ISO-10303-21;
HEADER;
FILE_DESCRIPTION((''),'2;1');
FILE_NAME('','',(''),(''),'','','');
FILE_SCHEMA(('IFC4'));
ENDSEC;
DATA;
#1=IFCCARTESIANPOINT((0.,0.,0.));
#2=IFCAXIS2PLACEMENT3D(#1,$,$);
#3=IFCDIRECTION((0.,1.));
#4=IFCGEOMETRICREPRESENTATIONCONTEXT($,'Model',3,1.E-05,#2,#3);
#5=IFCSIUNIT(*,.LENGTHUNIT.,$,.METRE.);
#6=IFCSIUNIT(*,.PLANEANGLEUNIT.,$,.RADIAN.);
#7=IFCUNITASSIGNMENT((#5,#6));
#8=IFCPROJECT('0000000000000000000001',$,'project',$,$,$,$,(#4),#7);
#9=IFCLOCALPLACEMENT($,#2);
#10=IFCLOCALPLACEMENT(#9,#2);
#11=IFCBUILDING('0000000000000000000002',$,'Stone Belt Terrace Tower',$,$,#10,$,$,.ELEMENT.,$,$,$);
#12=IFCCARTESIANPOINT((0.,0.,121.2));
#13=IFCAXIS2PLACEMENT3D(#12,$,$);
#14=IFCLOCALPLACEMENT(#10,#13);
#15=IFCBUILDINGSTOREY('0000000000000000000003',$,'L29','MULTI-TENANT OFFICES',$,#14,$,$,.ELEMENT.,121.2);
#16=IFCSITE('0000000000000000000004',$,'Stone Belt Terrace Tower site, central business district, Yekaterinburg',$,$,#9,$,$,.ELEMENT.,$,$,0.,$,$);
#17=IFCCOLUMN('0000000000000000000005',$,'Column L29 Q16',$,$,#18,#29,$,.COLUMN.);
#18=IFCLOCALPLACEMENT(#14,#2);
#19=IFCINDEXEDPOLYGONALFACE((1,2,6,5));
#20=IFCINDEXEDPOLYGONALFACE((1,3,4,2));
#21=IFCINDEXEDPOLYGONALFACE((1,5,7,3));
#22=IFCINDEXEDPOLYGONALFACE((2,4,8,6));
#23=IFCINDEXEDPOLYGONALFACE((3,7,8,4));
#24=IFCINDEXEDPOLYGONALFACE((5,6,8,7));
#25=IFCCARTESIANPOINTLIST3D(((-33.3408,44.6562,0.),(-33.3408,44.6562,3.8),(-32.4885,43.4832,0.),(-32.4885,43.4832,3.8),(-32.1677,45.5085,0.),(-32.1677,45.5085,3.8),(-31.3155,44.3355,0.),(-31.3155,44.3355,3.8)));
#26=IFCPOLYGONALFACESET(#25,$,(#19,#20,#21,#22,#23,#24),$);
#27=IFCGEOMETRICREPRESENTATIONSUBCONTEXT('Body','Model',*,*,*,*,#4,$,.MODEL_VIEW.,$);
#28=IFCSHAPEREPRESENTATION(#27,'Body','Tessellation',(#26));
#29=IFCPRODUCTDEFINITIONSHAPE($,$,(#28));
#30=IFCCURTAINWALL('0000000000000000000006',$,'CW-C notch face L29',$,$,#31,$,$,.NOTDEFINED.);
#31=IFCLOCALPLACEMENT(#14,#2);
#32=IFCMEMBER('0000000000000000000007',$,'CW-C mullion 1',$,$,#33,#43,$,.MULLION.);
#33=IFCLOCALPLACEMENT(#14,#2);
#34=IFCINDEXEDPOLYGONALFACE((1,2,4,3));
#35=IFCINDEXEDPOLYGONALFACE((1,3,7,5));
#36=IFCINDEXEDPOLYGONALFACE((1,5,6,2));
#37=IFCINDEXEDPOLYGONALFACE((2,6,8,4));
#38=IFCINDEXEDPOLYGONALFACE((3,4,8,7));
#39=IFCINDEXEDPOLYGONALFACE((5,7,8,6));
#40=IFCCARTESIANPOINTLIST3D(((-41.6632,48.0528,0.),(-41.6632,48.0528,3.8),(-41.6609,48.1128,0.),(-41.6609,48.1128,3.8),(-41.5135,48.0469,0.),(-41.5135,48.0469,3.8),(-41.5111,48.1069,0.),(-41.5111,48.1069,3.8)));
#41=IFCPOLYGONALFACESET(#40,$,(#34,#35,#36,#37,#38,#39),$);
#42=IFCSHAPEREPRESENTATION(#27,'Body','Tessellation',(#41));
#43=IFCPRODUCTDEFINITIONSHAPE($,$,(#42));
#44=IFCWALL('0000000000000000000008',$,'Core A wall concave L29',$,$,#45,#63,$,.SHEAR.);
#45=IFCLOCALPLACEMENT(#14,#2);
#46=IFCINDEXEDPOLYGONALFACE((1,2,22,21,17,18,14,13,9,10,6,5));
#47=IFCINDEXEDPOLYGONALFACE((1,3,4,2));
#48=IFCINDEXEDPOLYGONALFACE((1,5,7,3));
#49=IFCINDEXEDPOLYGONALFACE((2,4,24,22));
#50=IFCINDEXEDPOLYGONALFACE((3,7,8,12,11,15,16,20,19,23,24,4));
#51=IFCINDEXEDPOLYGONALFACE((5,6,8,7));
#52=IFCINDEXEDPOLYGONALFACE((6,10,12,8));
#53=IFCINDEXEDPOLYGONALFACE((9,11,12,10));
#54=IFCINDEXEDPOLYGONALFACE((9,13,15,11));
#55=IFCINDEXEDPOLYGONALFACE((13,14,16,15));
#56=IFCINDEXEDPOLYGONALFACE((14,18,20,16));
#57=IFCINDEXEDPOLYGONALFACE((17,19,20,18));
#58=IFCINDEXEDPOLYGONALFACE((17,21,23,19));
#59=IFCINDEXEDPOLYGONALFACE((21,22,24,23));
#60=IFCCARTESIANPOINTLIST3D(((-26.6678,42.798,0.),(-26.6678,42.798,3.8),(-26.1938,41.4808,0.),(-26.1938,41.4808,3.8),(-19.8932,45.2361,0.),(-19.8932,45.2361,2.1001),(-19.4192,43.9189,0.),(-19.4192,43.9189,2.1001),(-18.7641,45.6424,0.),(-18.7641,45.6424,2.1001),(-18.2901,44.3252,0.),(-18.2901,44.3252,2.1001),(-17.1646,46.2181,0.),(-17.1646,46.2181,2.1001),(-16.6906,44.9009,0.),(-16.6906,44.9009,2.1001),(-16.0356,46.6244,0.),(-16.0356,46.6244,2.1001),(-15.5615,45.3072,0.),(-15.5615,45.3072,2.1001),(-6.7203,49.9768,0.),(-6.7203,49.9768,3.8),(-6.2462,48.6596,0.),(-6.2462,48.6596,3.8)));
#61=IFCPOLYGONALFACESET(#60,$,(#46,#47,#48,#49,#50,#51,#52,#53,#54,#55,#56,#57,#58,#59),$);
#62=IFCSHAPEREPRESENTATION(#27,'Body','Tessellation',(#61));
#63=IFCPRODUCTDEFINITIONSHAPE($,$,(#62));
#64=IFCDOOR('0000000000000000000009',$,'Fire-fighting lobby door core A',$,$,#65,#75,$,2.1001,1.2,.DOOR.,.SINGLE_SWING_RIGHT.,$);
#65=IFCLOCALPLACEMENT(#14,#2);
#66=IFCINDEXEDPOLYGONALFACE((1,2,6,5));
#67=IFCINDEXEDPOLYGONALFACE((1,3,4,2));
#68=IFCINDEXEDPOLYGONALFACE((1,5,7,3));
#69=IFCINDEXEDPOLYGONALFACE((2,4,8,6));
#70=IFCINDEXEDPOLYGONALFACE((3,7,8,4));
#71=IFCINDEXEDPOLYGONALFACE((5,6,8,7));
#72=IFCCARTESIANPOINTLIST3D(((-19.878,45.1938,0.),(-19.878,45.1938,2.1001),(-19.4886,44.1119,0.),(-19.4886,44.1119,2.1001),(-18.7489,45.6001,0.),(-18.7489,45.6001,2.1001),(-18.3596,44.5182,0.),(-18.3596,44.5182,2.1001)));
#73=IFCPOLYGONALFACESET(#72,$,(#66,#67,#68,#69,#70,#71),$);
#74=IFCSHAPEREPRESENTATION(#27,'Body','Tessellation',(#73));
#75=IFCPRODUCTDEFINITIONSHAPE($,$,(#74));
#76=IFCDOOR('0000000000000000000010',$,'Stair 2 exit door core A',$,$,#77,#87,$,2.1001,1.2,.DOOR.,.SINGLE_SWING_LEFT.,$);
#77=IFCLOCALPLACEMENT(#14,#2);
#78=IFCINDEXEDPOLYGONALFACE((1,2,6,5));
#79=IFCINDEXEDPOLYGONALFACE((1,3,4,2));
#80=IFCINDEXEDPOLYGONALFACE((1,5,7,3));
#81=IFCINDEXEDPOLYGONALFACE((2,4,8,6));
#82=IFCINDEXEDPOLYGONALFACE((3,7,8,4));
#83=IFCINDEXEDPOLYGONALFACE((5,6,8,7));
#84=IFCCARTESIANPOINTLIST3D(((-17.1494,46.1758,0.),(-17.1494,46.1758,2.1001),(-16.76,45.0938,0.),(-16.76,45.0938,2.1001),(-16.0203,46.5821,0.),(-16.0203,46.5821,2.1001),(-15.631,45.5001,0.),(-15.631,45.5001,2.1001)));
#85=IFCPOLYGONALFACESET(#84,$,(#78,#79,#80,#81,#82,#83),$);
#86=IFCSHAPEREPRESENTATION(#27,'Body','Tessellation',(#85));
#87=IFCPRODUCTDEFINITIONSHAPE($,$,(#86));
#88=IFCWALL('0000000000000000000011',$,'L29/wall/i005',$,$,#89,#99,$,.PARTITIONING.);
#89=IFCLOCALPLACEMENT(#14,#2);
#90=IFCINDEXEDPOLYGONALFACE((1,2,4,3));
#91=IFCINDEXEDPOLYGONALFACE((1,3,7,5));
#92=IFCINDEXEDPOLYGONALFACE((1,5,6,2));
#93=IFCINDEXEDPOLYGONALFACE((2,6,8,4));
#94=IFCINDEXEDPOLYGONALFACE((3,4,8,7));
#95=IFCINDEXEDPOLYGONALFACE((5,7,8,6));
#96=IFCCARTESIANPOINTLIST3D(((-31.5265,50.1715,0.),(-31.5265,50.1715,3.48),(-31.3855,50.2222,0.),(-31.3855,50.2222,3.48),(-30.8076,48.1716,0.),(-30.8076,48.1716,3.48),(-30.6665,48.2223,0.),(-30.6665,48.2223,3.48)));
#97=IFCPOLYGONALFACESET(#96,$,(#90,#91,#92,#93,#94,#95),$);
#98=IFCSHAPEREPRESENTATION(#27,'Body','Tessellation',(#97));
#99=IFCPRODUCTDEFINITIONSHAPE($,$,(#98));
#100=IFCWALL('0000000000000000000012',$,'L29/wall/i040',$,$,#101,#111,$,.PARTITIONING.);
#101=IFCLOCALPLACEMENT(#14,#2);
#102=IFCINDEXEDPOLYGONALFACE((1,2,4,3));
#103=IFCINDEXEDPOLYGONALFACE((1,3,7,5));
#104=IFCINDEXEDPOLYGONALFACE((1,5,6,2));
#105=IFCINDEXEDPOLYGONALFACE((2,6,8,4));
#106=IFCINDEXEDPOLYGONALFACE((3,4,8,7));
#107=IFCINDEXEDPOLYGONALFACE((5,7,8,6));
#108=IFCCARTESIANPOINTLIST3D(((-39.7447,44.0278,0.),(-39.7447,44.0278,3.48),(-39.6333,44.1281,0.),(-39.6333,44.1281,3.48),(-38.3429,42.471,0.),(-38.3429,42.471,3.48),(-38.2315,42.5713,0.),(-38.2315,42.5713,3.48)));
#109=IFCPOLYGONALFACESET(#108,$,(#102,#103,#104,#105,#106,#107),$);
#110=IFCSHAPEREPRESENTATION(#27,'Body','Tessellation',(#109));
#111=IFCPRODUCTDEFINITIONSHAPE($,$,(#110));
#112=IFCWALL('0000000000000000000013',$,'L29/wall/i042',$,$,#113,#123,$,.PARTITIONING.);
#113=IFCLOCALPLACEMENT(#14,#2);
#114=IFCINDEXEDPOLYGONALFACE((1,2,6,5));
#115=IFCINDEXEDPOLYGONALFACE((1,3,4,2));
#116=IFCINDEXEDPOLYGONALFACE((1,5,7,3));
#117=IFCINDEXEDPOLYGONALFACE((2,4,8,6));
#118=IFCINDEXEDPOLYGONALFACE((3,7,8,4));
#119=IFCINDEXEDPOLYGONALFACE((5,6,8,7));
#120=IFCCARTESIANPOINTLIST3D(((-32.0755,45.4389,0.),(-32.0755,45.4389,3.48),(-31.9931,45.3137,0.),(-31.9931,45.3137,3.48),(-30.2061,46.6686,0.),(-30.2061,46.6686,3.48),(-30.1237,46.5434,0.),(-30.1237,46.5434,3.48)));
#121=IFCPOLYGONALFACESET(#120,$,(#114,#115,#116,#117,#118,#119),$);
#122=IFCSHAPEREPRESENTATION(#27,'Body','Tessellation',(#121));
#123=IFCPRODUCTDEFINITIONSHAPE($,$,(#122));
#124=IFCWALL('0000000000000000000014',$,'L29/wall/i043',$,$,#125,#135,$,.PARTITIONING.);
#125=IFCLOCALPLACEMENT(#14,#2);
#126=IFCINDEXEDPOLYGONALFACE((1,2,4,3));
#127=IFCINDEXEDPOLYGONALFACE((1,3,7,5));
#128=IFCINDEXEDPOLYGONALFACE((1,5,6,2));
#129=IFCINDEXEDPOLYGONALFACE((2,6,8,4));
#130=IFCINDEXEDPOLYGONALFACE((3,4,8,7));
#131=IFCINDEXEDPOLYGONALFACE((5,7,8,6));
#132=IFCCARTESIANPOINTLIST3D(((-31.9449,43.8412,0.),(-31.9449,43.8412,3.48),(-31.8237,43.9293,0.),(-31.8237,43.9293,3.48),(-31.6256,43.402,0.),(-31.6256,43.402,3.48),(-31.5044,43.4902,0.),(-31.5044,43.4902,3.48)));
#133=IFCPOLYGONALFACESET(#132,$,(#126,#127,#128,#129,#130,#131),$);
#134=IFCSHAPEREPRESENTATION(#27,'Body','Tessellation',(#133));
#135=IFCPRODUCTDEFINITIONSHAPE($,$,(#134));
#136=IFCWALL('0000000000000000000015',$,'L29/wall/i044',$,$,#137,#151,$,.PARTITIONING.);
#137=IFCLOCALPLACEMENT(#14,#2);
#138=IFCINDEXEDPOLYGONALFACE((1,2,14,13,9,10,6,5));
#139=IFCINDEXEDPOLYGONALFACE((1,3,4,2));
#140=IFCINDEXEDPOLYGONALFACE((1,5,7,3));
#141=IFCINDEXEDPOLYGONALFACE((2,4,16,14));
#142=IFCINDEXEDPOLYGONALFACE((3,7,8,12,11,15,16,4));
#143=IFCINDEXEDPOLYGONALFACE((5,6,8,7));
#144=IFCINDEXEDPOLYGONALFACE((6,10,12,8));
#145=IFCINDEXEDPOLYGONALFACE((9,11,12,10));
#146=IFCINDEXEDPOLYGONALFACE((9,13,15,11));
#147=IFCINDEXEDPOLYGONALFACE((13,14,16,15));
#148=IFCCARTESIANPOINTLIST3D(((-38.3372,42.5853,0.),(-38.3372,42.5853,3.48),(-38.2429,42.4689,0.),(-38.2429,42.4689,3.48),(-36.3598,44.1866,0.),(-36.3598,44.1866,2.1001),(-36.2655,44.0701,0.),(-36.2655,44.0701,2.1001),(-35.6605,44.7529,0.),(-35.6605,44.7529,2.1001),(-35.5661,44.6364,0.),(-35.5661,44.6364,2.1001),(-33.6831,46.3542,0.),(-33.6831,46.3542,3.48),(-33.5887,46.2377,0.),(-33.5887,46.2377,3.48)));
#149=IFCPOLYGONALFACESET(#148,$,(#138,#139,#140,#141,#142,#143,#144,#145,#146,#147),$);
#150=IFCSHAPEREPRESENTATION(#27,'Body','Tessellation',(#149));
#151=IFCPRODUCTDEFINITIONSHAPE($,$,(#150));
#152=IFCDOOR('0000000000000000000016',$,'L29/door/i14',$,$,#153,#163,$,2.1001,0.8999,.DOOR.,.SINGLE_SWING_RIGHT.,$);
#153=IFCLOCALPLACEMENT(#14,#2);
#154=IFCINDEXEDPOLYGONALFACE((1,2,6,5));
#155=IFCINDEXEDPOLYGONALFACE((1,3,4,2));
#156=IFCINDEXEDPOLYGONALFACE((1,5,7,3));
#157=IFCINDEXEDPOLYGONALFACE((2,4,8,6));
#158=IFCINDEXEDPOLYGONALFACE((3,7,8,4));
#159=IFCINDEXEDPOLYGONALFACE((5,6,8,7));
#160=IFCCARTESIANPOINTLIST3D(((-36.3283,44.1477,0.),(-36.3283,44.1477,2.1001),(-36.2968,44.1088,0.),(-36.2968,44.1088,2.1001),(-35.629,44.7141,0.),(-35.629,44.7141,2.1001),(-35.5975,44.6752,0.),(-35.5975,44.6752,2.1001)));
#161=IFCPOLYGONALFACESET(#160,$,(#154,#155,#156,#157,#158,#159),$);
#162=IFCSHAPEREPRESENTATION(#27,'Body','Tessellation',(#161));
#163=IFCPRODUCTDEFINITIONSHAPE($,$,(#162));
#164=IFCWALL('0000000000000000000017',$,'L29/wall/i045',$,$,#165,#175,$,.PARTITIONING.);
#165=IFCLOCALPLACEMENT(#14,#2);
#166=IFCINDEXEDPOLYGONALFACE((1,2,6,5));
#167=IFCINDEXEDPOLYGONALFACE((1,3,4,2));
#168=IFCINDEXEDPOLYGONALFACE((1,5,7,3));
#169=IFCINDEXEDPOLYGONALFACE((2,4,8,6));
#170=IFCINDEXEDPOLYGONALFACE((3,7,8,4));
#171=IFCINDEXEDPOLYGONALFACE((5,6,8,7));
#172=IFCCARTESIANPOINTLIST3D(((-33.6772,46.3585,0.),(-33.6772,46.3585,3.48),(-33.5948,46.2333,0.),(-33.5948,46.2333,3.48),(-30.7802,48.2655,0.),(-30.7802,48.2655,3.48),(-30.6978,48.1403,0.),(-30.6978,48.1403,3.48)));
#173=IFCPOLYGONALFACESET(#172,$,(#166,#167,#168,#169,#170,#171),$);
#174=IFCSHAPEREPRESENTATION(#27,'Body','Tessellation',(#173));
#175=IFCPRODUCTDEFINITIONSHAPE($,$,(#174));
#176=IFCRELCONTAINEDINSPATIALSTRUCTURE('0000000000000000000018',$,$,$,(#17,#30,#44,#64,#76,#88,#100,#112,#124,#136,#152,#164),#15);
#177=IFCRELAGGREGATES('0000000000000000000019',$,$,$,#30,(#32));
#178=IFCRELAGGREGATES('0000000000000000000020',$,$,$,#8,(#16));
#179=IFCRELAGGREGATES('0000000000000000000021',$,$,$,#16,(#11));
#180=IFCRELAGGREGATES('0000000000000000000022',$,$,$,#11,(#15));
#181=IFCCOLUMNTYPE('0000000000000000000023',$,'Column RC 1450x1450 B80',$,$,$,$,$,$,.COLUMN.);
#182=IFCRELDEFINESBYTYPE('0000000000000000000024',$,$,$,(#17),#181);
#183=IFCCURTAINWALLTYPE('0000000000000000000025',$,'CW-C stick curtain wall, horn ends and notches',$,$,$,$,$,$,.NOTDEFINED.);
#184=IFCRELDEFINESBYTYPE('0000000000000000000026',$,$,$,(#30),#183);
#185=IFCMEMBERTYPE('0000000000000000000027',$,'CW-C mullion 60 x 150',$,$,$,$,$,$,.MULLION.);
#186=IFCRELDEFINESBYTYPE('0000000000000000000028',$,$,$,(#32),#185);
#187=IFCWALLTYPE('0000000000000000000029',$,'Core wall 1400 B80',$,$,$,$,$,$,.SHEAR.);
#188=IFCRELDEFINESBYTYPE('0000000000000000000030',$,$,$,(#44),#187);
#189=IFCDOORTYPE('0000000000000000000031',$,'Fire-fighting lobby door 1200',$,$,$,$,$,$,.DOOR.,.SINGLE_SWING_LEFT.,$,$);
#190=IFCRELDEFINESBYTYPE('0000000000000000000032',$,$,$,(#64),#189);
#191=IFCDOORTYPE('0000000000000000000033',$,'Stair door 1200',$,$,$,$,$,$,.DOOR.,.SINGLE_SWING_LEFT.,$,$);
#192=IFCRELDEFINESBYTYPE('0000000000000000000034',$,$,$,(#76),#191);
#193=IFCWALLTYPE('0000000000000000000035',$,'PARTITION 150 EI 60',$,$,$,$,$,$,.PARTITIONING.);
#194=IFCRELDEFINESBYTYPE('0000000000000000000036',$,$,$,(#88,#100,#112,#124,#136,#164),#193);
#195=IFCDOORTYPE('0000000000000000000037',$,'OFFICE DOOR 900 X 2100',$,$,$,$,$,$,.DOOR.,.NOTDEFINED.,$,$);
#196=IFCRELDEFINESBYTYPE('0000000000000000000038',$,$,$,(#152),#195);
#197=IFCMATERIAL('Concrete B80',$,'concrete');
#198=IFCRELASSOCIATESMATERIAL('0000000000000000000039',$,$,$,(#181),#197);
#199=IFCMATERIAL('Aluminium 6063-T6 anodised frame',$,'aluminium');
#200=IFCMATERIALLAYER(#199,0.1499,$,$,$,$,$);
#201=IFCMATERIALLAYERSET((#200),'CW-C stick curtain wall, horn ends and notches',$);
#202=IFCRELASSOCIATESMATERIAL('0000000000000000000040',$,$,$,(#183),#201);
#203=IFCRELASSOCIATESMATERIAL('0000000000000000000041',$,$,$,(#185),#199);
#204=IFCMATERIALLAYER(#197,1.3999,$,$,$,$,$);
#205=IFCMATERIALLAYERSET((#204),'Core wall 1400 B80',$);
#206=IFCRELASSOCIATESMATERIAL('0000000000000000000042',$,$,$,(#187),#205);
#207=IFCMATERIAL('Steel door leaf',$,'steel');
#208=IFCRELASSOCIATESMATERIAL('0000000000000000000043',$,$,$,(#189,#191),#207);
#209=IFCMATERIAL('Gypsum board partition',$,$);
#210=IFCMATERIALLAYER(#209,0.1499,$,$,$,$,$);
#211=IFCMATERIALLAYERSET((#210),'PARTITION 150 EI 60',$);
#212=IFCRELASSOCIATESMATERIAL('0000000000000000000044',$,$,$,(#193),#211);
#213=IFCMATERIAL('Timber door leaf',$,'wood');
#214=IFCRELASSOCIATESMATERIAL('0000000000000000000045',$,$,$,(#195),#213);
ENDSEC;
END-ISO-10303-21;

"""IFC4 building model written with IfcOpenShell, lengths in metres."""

from ifc_helpers import new_model, si_unit, direction, frame, frame_2d, origin, origin_2d, place, context, subcontext, project, spatial, rectangle, extrude, material, layer, layer_set, material_profile, profile_set, type_object, element, fill, aggregate, save


model = new_model("IFC4")

# Units and contexts
model_context = context("Model", 3, precision=1e-05, world=origin(), true_north=direction((0.0, 1.0)))
body_context = subcontext(model_context, "Body", "Model", "MODEL_VIEW")
ifc_project = project(units=[si_unit("LENGTHUNIT", "METRE"), si_unit("PLANEANGLEUNIT", "RADIAN")], contexts=[model_context])

# Site, building, storey
site_placement = place(None, origin())
site = spatial("IfcSite", under=ifc_project, at=site_placement, Name="Stone Belt Terrace Tower site, central business district, Yekaterinburg", CompositionType="ELEMENT", RefElevation=0.0)
building_placement = place(site_placement, origin())
building = spatial("IfcBuilding", under=site, at=building_placement, Name="Stone Belt Terrace Tower", CompositionType="ELEMENT")
storey_placement = place(building_placement, frame((0.0, 0.0, 121.2)))
storey = spatial("IfcBuildingStorey", under=building, at=storey_placement, Name="L29", Description="MULTI-TENANT OFFICES", CompositionType="ELEMENT", Elevation=121.2)

# Column
ifc_material_1 = material(Name="Concrete B80", Category="concrete")
ifc_material_profile_1 = material_profile(ifc_material_1, rectangle(XDim=1.45, YDim=1.45, at=origin_2d()), Name="RC 1450x1450")
ifc_profile_set_1 = profile_set([ifc_material_profile_1], Name="Concrete B80")
column_type = type_object("IfcColumnType", Name="Column RC 1450x1450 B80", PredefinedType="COLUMN", material=ifc_profile_set_1)
column_placement = place(storey_placement, frame((-32.3281, 44.4958, 0.0), z_axis=(0.0, 0.0, 1.0), x_axis=(0.809017, 0.587785, 0.0)))
element("IfcColumn", 1, at=column_placement, inside=storey, type_object=column_type, Name="Column L29 Q16", PredefinedType="COLUMN", context=body_context, shape_type="SweptSolid", body=[
    extrude(rectangle(XDim=1.45, YDim=1.45, at=origin_2d()), origin(), (0.0, 0.0, 1.0), 3.8),
])

# Curtain wall, member
ifc_material_2 = material(Name="Aluminium 6063-T6 anodised frame", Category="aluminium")
ifc_layer_1 = layer(ifc_material_2, 0.1499)
ifc_layer_set_1 = layer_set([ifc_layer_1], Name="CW-C stick curtain wall, horn ends and notches")
curtain_wall_type = type_object("IfcCurtainWallType", Name="CW-C stick curtain wall, horn ends and notches", PredefinedType="NOTDEFINED", material=ifc_layer_set_1)
curtain_wall_placement = place(storey_placement, origin())
curtain_wall = element("IfcCurtainWall", 2, at=curtain_wall_placement, inside=storey, type_object=curtain_wall_type, Name="CW-C notch face L29", PredefinedType="NOTDEFINED")
ifc_material_profile_2 = material_profile(ifc_material_2, rectangle(XDim=0.1499, YDim=0.0601, at=origin_2d()), Name="Aluminium 6063-T6 60x150")
ifc_profile_set_2 = profile_set([ifc_material_profile_2], Name="Aluminium 6063-T6 anodised frame")
member_type = type_object("IfcMemberType", Name="CW-C mullion 60 x 150", PredefinedType="MULLION", material=ifc_profile_set_2)
member_placement = place(storey_placement, frame((-41.5872, 48.0798, 0.0), z_axis=(0.0, 0.0, 1.0), x_axis=(0.999215, -0.039619, 0.0)))
member = element("IfcMember", 3, at=member_placement, type_object=member_type, Name="CW-C mullion 1", PredefinedType="MULLION", context=body_context, shape_type="SweptSolid", body=[
    extrude(rectangle(XDim=0.1499, YDim=0.0601, at=origin_2d()), origin(), (0.0, 0.0, 1.0), 3.8),
])
aggregate(curtain_wall, [member])

# Wall, openings, doors
ifc_layer_2 = layer(ifc_material_1, 1.3999)
ifc_layer_set_2 = layer_set([ifc_layer_2], Name="Core wall 1400 B80")
wall_type_1 = type_object("IfcWallType", Name="Core wall 1400 B80", PredefinedType="SHEAR", material=ifc_layer_set_2)
wall_1_placement = place(storey_placement, frame((-26.4309, 42.1394, 0.0), z_axis=(0.0, 0.0, 1.0), x_axis=(0.940923, 0.33862, 0.0)))
wall_1 = element("IfcWall", 4, at=wall_1_placement, inside=storey, type_object=wall_type_1, Name="Core A wall concave L29", PredefinedType="SHEAR", context=body_context, shape_type="SweptSolid", body=[
    extrude(rectangle(XDim=21.2, YDim=1.3999, at=frame_2d((10.6001, 0.0))), origin(), (0.0, 0.0, 1.0), 3.8),
])
opening_1_placement = place(wall_1_placement, frame((7.2, 0.0, 0.0)))
opening_1 = element("IfcOpeningElement", 5, at=opening_1_placement, cuts=wall_1, PredefinedType="OPENING", context=body_context, shape_type="SweptSolid", body=[
    extrude(rectangle(XDim=1.2, YDim=2.1001, at=frame_2d((0.6001, 1.05))), frame((0.0, 0.71, 0.0), z_axis=(0.0, -1.0, 0.0), x_axis=(1.0, 0.0, 0.0)), (0.0, 0.0, 1.0), 1.4199),
])
opening_2_placement = place(wall_1_placement, frame((10.0999, 0.0, 0.0)))
opening_2 = element("IfcOpeningElement", 6, at=opening_2_placement, cuts=wall_1, PredefinedType="OPENING", context=body_context, shape_type="SweptSolid", body=[
    extrude(rectangle(XDim=1.2, YDim=2.1001, at=frame_2d((0.6001, 1.05))), frame((0.0, 0.71, 0.0), z_axis=(0.0, -1.0, 0.0), x_axis=(1.0, 0.0, 0.0)), (0.0, 0.0, 1.0), 1.4199),
])
ifc_material_3 = material(Name="Steel door leaf", Category="steel")
door_type_1 = type_object("IfcDoorType", Name="Fire-fighting lobby door 1200", OperationType="SINGLE_SWING_LEFT", PredefinedType="DOOR", material=ifc_material_3)
door_1_placement = place(opening_1_placement, origin())
door_1 = element("IfcDoor", 7, at=door_1_placement, inside=storey, type_object=door_type_1, Name="Fire-fighting lobby door core A", OperationType="SINGLE_SWING_RIGHT", OverallHeight=2.1001, OverallWidth=1.2, PredefinedType="DOOR", context=body_context, shape_type="SweptSolid", body=[
    extrude(rectangle(XDim=1.2, YDim=2.1001, at=frame_2d((0.6001, 1.05))), frame((0.0, 0.655, 0.0), z_axis=(0.0, -1.0, 0.0), x_axis=(1.0, 0.0, 0.0)), (0.0, 0.0, 1.0), 1.1499),
])
fill(opening_1, door_1)
door_type_2 = type_object("IfcDoorType", Name="Stair door 1200", OperationType="SINGLE_SWING_LEFT", PredefinedType="DOOR", material=ifc_material_3)
door_2_placement = place(opening_2_placement, origin())
door_2 = element("IfcDoor", 8, at=door_2_placement, inside=storey, type_object=door_type_2, Name="Stair 2 exit door core A", OperationType="SINGLE_SWING_LEFT", OverallHeight=2.1001, OverallWidth=1.2, PredefinedType="DOOR", context=body_context, shape_type="SweptSolid", body=[
    extrude(rectangle(XDim=1.2, YDim=2.1001, at=frame_2d((0.6001, 1.05))), frame((0.0, 0.655, 0.0), z_axis=(0.0, -1.0, 0.0), x_axis=(1.0, 0.0, 0.0)), (0.0, 0.0, 1.0), 1.1499),
])
fill(opening_2, door_2)

# Walls
ifc_material_4 = material(Name="Gypsum board partition")
ifc_layer_3 = layer(ifc_material_4, 0.1499)
ifc_layer_set_3 = layer_set([ifc_layer_3], Name="PARTITION 150 EI 60")
wall_type_2 = type_object("IfcWallType", Name="PARTITION 150 EI 60", PredefinedType="PARTITIONING", material=ifc_layer_set_3)
wall_2_placement = place(storey_placement, frame((-30.7371, 48.197, 0.0), z_axis=(0.0, 0.0, 1.0), x_axis=(-0.3383, 0.941038, 0.0)))
element("IfcWall", 9, at=wall_2_placement, inside=storey, type_object=wall_type_2, Name="L29/wall/i005", PredefinedType="PARTITIONING", context=body_context, shape_type="SweptSolid", body=[
    extrude(rectangle(XDim=2.1252, YDim=0.1499, at=frame_2d((1.0625, 0.0))), origin(), (0.0, 0.0, 1.0), 3.48),
])
wall_3_placement = place(storey_placement, frame((-39.689, 44.0779, 0.0), z_axis=(0.0, 0.0, 1.0), x_axis=(0.669139, -0.743138, 0.0)))
element("IfcWall", 10, at=wall_3_placement, inside=storey, type_object=wall_type_2, Name="L29/wall/i040", PredefinedType="PARTITIONING", context=body_context, shape_type="SweptSolid", body=[
    extrude(rectangle(XDim=2.095, YDim=0.1499, at=frame_2d((1.0474, 0.0))), origin(), (0.0, 0.0, 1.0), 3.48),
])
wall_4_placement = place(storey_placement, frame((-30.165, 46.606, 0.0), z_axis=(0.0, 0.0, 1.0), x_axis=(-0.835442, -0.549578, 0.0)))
element("IfcWall", 11, at=wall_4_placement, inside=storey, type_object=wall_type_2, Name="L29/wall/i042", PredefinedType="PARTITIONING", context=body_context, shape_type="SweptSolid", body=[
    extrude(rectangle(XDim=2.2375, YDim=0.1499, at=frame_2d((1.1187, 0.0))), origin(), (0.0, 0.0, 1.0), 3.48),
])
wall_5_placement = place(storey_placement, frame((-31.8843, 43.8853, 0.0), z_axis=(0.0, 0.0, 1.0), x_axis=(0.588065, -0.808814, 0.0)))
element("IfcWall", 12, at=wall_5_placement, inside=storey, type_object=wall_type_2, Name="L29/wall/i043", PredefinedType="PARTITIONING", context=body_context, shape_type="SweptSolid", body=[
    extrude(rectangle(XDim=0.543, YDim=0.1499, at=frame_2d((0.2715, 0.0))), origin(), (0.0, 0.0, 1.0), 3.48),
])

# Wall, opening, door
wall_6_placement = place(storey_placement, frame((-38.29, 42.5271, 0.0), z_axis=(0.0, 0.0, 1.0), x_axis=(0.777144, 0.629323, 0.0)))
wall_6 = element("IfcWall", 13, at=wall_6_placement, inside=storey, type_object=wall_type_2, Name="L29/wall/i044", PredefinedType="PARTITIONING", context=body_context, shape_type="SweptSolid", body=[
    extrude(rectangle(XDim=5.9888, YDim=0.1499, at=frame_2d((2.9944, 0.0))), origin(), (0.0, 0.0, 1.0), 3.48),
])
opening_3_placement = place(wall_6_placement, frame((2.5444, 0.0, 0.0)))
opening_3 = element("IfcOpeningElement", 14, at=opening_3_placement, cuts=wall_6, PredefinedType="OPENING", context=body_context, shape_type="SweptSolid", body=[
    extrude(rectangle(XDim=0.8999, YDim=2.1001, at=frame_2d((0.45, 1.05))), frame((0.0, 0.085, 0.0), z_axis=(0.0, -1.0, 0.0), x_axis=(1.0, 0.0, 0.0)), (0.0, 0.0, 1.0), 0.1699),
])
ifc_material_5 = material(Name="Timber door leaf", Category="wood")
door_type_3 = type_object("IfcDoorType", Name="OFFICE DOOR 900 X 2100", OperationType="NOTDEFINED", PredefinedType="DOOR", material=ifc_material_5)
door_3_placement = place(opening_3_placement, origin())
door_3 = element("IfcDoor", 15, at=door_3_placement, inside=storey, type_object=door_type_3, Name="L29/door/i14", OperationType="SINGLE_SWING_RIGHT", OverallHeight=2.1001, OverallWidth=0.8999, PredefinedType="DOOR", context=body_context, shape_type="SweptSolid", body=[
    extrude(rectangle(XDim=0.8999, YDim=2.1001, at=frame_2d((0.45, 1.05))), frame((0.0, 0.0249, 0.0), z_axis=(0.0, -1.0, 0.0), x_axis=(1.0, 0.0, 0.0)), (0.0, 0.0, 1.0), 0.05),
])
fill(opening_3, door_3)

# Wall
wall_7_placement = place(storey_placement, frame((-33.636, 46.2959, 0.0), z_axis=(0.0, 0.0, 1.0), x_axis=(0.835274, 0.549834, 0.0)))
element("IfcWall", 16, at=wall_7_placement, inside=storey, type_object=wall_type_2, Name="L29/wall/i045", PredefinedType="PARTITIONING", context=body_context, shape_type="SweptSolid", body=[
    extrude(rectangle(XDim=3.4683, YDim=0.1499, at=frame_2d((1.7341, 0.0))), origin(), (0.0, 0.0, 1.0), 3.48),
])

save(model, "model.ifc")
